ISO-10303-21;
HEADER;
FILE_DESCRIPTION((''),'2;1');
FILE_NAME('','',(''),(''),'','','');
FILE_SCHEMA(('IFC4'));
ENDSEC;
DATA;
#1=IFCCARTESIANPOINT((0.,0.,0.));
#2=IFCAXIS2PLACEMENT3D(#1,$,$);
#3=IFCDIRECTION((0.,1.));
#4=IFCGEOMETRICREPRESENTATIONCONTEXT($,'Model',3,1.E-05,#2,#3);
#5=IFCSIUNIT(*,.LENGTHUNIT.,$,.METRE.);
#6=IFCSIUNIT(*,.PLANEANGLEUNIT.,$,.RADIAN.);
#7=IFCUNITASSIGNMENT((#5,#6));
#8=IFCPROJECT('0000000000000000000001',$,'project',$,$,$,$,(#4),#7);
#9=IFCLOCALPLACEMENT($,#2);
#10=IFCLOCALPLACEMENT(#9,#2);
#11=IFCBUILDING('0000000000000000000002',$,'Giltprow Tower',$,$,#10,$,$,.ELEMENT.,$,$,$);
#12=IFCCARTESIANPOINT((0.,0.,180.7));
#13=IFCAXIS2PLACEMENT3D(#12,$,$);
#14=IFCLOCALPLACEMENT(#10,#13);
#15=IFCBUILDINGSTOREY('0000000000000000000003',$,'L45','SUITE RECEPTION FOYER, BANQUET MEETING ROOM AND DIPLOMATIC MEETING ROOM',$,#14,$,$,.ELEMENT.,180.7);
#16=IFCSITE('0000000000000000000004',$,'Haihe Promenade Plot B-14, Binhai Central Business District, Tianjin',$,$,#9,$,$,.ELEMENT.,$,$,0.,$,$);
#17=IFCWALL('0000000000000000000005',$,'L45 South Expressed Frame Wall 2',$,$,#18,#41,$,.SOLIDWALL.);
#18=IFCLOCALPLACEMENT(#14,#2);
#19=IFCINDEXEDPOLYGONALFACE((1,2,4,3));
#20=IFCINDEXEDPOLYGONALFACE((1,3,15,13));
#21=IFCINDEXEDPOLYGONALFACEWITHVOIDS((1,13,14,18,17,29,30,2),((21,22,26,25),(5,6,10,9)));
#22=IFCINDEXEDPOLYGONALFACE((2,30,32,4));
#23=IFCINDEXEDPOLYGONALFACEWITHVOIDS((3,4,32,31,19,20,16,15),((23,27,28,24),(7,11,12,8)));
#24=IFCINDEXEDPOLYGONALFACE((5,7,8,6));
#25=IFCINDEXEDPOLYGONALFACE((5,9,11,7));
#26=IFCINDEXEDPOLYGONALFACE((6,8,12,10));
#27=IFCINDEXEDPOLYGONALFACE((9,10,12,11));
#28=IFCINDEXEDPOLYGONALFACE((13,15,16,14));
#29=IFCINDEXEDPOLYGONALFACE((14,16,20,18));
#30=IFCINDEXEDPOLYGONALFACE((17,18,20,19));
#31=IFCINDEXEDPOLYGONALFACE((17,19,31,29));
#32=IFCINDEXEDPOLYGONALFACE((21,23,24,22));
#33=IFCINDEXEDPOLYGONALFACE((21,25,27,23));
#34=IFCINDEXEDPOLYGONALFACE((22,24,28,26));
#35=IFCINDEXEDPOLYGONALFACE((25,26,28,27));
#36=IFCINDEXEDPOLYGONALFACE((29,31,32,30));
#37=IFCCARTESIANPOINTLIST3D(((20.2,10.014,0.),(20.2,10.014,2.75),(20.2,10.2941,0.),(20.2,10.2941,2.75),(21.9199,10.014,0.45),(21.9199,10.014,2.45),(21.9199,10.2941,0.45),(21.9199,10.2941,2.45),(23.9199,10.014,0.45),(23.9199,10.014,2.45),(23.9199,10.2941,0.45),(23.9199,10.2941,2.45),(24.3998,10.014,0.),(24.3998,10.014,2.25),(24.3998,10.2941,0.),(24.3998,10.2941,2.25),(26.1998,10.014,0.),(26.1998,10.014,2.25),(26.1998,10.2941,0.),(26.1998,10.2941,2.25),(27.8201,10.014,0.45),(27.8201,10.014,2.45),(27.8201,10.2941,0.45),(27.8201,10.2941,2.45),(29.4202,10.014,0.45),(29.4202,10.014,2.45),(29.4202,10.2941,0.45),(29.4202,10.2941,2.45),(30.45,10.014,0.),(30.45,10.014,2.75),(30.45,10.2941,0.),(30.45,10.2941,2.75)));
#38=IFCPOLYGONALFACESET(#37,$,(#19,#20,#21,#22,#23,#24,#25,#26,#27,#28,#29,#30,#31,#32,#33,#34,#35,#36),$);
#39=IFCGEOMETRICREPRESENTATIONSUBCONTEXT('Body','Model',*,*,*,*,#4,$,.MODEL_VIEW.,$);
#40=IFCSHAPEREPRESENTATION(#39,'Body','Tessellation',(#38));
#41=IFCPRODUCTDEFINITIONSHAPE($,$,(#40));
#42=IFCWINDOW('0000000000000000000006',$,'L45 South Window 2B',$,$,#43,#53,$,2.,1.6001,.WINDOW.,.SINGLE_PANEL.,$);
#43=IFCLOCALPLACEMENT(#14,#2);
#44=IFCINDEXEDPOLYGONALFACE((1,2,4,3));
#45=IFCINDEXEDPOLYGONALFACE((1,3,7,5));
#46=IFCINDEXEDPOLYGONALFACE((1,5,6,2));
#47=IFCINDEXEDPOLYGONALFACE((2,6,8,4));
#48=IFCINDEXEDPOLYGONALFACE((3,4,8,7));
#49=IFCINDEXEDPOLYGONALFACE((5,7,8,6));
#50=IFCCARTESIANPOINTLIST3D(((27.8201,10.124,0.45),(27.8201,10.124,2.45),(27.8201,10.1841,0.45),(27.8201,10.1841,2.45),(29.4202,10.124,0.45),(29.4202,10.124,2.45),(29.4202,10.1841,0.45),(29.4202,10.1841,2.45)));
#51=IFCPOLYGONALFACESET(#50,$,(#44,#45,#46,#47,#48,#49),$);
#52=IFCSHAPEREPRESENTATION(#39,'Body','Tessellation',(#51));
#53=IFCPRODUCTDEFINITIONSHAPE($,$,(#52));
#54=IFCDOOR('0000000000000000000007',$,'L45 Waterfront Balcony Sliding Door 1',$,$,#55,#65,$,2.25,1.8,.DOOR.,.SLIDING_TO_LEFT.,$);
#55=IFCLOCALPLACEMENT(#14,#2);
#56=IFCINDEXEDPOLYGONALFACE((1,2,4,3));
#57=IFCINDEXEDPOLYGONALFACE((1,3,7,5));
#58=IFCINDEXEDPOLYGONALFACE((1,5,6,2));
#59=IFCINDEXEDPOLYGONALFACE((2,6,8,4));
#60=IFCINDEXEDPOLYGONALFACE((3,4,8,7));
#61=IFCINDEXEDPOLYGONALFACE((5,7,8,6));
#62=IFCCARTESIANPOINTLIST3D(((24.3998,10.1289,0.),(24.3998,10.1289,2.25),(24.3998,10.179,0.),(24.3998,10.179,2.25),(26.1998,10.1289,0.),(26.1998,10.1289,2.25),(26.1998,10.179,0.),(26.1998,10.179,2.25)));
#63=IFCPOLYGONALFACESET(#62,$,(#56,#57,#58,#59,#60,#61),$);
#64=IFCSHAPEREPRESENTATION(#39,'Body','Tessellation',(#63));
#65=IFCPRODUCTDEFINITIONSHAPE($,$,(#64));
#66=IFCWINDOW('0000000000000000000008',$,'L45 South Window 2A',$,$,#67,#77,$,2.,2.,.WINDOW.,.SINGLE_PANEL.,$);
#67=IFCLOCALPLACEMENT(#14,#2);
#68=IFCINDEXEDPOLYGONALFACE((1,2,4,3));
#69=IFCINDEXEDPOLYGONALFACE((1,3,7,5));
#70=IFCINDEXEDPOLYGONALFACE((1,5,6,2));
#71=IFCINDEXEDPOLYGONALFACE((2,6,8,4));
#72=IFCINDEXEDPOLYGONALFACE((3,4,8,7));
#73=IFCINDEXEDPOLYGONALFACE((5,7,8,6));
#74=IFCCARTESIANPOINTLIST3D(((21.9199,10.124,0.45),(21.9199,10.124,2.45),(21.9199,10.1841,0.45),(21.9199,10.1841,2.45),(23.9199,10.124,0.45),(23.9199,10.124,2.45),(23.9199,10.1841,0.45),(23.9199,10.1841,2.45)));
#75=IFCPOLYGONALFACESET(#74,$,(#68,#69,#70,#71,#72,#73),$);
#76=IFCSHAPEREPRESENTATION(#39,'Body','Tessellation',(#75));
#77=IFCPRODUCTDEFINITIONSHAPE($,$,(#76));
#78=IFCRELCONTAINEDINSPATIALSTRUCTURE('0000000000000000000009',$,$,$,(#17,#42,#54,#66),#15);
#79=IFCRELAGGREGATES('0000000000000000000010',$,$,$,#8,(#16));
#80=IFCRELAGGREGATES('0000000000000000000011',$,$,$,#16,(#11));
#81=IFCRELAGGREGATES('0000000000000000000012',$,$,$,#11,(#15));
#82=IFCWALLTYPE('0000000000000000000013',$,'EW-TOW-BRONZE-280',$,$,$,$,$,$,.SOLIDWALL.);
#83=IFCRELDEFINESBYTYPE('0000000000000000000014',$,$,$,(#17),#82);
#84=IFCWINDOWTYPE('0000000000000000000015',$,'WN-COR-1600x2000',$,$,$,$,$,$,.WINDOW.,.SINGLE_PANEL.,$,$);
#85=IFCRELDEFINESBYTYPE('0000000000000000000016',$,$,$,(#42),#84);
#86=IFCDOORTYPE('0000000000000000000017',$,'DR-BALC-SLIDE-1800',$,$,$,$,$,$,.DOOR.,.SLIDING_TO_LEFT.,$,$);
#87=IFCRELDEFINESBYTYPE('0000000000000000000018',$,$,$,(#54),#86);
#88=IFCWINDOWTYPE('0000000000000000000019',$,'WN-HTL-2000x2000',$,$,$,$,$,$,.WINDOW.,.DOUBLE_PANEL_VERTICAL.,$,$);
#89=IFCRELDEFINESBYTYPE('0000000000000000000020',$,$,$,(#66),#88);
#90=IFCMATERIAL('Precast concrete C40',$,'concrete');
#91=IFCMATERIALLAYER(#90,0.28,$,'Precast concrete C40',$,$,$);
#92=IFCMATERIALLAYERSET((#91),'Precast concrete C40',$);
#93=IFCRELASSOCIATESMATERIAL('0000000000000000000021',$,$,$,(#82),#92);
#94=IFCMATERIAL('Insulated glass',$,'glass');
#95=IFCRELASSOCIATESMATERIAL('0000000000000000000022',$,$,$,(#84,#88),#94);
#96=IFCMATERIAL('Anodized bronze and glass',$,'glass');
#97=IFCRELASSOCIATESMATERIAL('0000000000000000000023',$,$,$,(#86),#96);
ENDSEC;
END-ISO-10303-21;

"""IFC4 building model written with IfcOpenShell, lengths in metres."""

from ifc_helpers import new_model, si_unit, direction, frame, frame_2d, origin, place, context, subcontext, project, spatial, rectangle, extrude, source, transform, mapped, material, layer, layer_set, type_object, element, fill, save


model = new_model("IFC4")

# Units and contexts
model_context = context("Model", 3, precision=1e-05, world=origin(), true_north=direction((0.0, 1.0)))
body_context = subcontext(model_context, "Body", "Model", "MODEL_VIEW")
ifc_project = project(units=[si_unit("LENGTHUNIT", "METRE"), si_unit("PLANEANGLEUNIT", "RADIAN")], contexts=[model_context])

# Site, building, storey
site_placement = place(None, origin())
site = spatial("IfcSite", under=ifc_project, at=site_placement, Name="Haihe Promenade Plot B-14, Binhai Central Business District, Tianjin", CompositionType="ELEMENT", RefElevation=0.0)
building_placement = place(site_placement, origin())
building = spatial("IfcBuilding", under=site, at=building_placement, Name="Giltprow Tower", CompositionType="ELEMENT")
storey_placement = place(building_placement, frame((0.0, 0.0, 180.7)))
storey = spatial("IfcBuildingStorey", under=building, at=storey_placement, Name="L45", Description="SUITE RECEPTION FOYER, BANQUET MEETING ROOM AND DIPLOMATIC MEETING ROOM", CompositionType="ELEMENT", Elevation=180.7)

# Shared definitions
ifc_material_1 = material(Name="Insulated glass", Category="glass")

# Wall, openings, windows, door
ifc_material_2 = material(Name="Precast concrete C40", Category="concrete")
ifc_layer_1 = layer(ifc_material_2, 0.28, Name="Precast concrete C40")
ifc_layer_set_1 = layer_set([ifc_layer_1], Name="Precast concrete C40")
wall_type = type_object("IfcWallType", Name="EW-TOW-BRONZE-280", PredefinedType="SOLIDWALL", material=ifc_layer_set_1)
wall_placement = place(storey_placement, frame((20.2, 10.1541, 0.0), z_axis=(0.0, 0.0, 1.0), x_axis=(1.0, 0.0, 0.0)))
wall = element("IfcWall", 1, at=wall_placement, inside=storey, type_object=wall_type, Name="L45 South Expressed Frame Wall 2", PredefinedType="SOLIDWALL", context=body_context, shape_type="SweptSolid", body=[
    extrude(rectangle(XDim=10.25, YDim=0.28, at=frame_2d((5.125, 0.0))), origin(), (0.0, 0.0, 1.0), 2.75),
])
opening_1_placement = place(wall_placement, frame((4.2, 0.0, 0.0)))
opening_1 = element("IfcOpeningElement", 2, at=opening_1_placement, cuts=wall, PredefinedType="OPENING", context=body_context, shape_type="SweptSolid", body=[
    extrude(rectangle(XDim=1.8, YDim=2.25, at=frame_2d((0.8999, 1.125))), frame((0.0, 0.1499, 0.0), z_axis=(0.0, -1.0, 0.0), x_axis=(1.0, 0.0, 0.0)), (0.0, 0.0, 1.0), 0.3),
])
opening_2_placement = place(wall_placement, frame((1.72, 0.0, 0.45)))
opening_2 = element("IfcOpeningElement", 3, at=opening_2_placement, cuts=wall, PredefinedType="OPENING", context=body_context, shape_type="SweptSolid", body=[
    extrude(rectangle(XDim=2.0, YDim=2.0, at=frame_2d((1.0, 1.0))), frame((0.0, 0.1499, 0.0), z_axis=(0.0, -1.0, 0.0), x_axis=(1.0, 0.0, 0.0)), (0.0, 0.0, 1.0), 0.3),
])
opening_3_placement = place(wall_placement, frame((7.6201, 0.0, 0.45)))
opening_3 = element("IfcOpeningElement", 4, at=opening_3_placement, cuts=wall, PredefinedType="OPENING", context=body_context, shape_type="SweptSolid", body=[
    extrude(rectangle(XDim=1.6001, YDim=2.0, at=frame_2d((0.8, 1.0))), frame((0.0, 0.1499, 0.0), z_axis=(0.0, -1.0, 0.0), x_axis=(1.0, 0.0, 0.0)), (0.0, 0.0, 1.0), 0.3),
])
window_type_1 = type_object("IfcWindowType", Name="WN-COR-1600x2000", PartitioningType="SINGLE_PANEL", PredefinedType="WINDOW", material=ifc_material_1)
shared_shape_1 = source(origin(), body_context, "Body", "SweptSolid", [
    extrude(rectangle(XDim=1.6001, YDim=2.0, at=frame_2d((0.8, 1.0))), frame((0.0, 0.03, 0.0), z_axis=(0.0, -1.0, 0.0), x_axis=(1.0, 0.0, 0.0)), (0.0, 0.0, 1.0), 0.0601),
])
window_1_placement = place(opening_3_placement, origin())
window_1 = element("IfcWindow", 5, at=window_1_placement, inside=storey, type_object=window_type_1, Name="L45 South Window 2B", OverallHeight=2.0, OverallWidth=1.6001, PartitioningType="SINGLE_PANEL", PredefinedType="WINDOW", context=body_context, shape_type="MappedRepresentation", body=[
    mapped(shared_shape_1, transform((0.0, 0.0, 0.0), x_axis=(1.0, 0.0, 0.0), y_axis=(0.0, 1.0, 0.0), z_axis=(0.0, 0.0, 1.0), scale=1.0)),
])
fill(opening_3, window_1)
ifc_material_3 = material(Name="Anodized bronze and glass", Category="glass")
door_type = type_object("IfcDoorType", Name="DR-BALC-SLIDE-1800", OperationType="SLIDING_TO_LEFT", PredefinedType="DOOR", material=ifc_material_3)
shared_shape_2 = source(origin(), body_context, "Body", "SweptSolid", [
    extrude(rectangle(XDim=1.8, YDim=2.25, at=frame_2d((0.8999, 1.125))), frame((0.0, 0.0249, 0.0), z_axis=(0.0, -1.0, 0.0), x_axis=(1.0, 0.0, 0.0)), (0.0, 0.0, 1.0), 0.05),
])
door_placement = place(opening_1_placement, origin())
door = element("IfcDoor", 6, at=door_placement, inside=storey, type_object=door_type, Name="L45 Waterfront Balcony Sliding Door 1", OperationType="SLIDING_TO_LEFT", OverallHeight=2.25, OverallWidth=1.8, PredefinedType="DOOR", context=body_context, shape_type="MappedRepresentation", body=[
    mapped(shared_shape_2, transform((0.0, 0.0, 0.0), x_axis=(1.0, 0.0, 0.0), y_axis=(0.0, 1.0, 0.0), z_axis=(0.0, 0.0, 1.0), scale=1.0)),
])
fill(opening_1, door)
window_type_2 = type_object("IfcWindowType", Name="WN-HTL-2000x2000", PartitioningType="DOUBLE_PANEL_VERTICAL", PredefinedType="WINDOW", material=ifc_material_1)
shared_shape_3 = source(origin(), body_context, "Body", "SweptSolid", [
    extrude(rectangle(XDim=2.0, YDim=2.0, at=frame_2d((1.0, 1.0))), frame((0.0, 0.03, 0.0), z_axis=(0.0, -1.0, 0.0), x_axis=(1.0, 0.0, 0.0)), (0.0, 0.0, 1.0), 0.0601),
])
window_2_placement = place(opening_2_placement, origin())
window_2 = element("IfcWindow", 7, at=window_2_placement, inside=storey, type_object=window_type_2, Name="L45 South Window 2A", OverallHeight=2.0, OverallWidth=2.0, PartitioningType="SINGLE_PANEL", PredefinedType="WINDOW", context=body_context, shape_type="MappedRepresentation", body=[
    mapped(shared_shape_3, transform((0.0, 0.0, 0.0), x_axis=(1.0, 0.0, 0.0), y_axis=(0.0, 1.0, 0.0), z_axis=(0.0, 0.0, 1.0), scale=1.0)),
])
fill(opening_2, window_2)

save(model, "model.ifc")
